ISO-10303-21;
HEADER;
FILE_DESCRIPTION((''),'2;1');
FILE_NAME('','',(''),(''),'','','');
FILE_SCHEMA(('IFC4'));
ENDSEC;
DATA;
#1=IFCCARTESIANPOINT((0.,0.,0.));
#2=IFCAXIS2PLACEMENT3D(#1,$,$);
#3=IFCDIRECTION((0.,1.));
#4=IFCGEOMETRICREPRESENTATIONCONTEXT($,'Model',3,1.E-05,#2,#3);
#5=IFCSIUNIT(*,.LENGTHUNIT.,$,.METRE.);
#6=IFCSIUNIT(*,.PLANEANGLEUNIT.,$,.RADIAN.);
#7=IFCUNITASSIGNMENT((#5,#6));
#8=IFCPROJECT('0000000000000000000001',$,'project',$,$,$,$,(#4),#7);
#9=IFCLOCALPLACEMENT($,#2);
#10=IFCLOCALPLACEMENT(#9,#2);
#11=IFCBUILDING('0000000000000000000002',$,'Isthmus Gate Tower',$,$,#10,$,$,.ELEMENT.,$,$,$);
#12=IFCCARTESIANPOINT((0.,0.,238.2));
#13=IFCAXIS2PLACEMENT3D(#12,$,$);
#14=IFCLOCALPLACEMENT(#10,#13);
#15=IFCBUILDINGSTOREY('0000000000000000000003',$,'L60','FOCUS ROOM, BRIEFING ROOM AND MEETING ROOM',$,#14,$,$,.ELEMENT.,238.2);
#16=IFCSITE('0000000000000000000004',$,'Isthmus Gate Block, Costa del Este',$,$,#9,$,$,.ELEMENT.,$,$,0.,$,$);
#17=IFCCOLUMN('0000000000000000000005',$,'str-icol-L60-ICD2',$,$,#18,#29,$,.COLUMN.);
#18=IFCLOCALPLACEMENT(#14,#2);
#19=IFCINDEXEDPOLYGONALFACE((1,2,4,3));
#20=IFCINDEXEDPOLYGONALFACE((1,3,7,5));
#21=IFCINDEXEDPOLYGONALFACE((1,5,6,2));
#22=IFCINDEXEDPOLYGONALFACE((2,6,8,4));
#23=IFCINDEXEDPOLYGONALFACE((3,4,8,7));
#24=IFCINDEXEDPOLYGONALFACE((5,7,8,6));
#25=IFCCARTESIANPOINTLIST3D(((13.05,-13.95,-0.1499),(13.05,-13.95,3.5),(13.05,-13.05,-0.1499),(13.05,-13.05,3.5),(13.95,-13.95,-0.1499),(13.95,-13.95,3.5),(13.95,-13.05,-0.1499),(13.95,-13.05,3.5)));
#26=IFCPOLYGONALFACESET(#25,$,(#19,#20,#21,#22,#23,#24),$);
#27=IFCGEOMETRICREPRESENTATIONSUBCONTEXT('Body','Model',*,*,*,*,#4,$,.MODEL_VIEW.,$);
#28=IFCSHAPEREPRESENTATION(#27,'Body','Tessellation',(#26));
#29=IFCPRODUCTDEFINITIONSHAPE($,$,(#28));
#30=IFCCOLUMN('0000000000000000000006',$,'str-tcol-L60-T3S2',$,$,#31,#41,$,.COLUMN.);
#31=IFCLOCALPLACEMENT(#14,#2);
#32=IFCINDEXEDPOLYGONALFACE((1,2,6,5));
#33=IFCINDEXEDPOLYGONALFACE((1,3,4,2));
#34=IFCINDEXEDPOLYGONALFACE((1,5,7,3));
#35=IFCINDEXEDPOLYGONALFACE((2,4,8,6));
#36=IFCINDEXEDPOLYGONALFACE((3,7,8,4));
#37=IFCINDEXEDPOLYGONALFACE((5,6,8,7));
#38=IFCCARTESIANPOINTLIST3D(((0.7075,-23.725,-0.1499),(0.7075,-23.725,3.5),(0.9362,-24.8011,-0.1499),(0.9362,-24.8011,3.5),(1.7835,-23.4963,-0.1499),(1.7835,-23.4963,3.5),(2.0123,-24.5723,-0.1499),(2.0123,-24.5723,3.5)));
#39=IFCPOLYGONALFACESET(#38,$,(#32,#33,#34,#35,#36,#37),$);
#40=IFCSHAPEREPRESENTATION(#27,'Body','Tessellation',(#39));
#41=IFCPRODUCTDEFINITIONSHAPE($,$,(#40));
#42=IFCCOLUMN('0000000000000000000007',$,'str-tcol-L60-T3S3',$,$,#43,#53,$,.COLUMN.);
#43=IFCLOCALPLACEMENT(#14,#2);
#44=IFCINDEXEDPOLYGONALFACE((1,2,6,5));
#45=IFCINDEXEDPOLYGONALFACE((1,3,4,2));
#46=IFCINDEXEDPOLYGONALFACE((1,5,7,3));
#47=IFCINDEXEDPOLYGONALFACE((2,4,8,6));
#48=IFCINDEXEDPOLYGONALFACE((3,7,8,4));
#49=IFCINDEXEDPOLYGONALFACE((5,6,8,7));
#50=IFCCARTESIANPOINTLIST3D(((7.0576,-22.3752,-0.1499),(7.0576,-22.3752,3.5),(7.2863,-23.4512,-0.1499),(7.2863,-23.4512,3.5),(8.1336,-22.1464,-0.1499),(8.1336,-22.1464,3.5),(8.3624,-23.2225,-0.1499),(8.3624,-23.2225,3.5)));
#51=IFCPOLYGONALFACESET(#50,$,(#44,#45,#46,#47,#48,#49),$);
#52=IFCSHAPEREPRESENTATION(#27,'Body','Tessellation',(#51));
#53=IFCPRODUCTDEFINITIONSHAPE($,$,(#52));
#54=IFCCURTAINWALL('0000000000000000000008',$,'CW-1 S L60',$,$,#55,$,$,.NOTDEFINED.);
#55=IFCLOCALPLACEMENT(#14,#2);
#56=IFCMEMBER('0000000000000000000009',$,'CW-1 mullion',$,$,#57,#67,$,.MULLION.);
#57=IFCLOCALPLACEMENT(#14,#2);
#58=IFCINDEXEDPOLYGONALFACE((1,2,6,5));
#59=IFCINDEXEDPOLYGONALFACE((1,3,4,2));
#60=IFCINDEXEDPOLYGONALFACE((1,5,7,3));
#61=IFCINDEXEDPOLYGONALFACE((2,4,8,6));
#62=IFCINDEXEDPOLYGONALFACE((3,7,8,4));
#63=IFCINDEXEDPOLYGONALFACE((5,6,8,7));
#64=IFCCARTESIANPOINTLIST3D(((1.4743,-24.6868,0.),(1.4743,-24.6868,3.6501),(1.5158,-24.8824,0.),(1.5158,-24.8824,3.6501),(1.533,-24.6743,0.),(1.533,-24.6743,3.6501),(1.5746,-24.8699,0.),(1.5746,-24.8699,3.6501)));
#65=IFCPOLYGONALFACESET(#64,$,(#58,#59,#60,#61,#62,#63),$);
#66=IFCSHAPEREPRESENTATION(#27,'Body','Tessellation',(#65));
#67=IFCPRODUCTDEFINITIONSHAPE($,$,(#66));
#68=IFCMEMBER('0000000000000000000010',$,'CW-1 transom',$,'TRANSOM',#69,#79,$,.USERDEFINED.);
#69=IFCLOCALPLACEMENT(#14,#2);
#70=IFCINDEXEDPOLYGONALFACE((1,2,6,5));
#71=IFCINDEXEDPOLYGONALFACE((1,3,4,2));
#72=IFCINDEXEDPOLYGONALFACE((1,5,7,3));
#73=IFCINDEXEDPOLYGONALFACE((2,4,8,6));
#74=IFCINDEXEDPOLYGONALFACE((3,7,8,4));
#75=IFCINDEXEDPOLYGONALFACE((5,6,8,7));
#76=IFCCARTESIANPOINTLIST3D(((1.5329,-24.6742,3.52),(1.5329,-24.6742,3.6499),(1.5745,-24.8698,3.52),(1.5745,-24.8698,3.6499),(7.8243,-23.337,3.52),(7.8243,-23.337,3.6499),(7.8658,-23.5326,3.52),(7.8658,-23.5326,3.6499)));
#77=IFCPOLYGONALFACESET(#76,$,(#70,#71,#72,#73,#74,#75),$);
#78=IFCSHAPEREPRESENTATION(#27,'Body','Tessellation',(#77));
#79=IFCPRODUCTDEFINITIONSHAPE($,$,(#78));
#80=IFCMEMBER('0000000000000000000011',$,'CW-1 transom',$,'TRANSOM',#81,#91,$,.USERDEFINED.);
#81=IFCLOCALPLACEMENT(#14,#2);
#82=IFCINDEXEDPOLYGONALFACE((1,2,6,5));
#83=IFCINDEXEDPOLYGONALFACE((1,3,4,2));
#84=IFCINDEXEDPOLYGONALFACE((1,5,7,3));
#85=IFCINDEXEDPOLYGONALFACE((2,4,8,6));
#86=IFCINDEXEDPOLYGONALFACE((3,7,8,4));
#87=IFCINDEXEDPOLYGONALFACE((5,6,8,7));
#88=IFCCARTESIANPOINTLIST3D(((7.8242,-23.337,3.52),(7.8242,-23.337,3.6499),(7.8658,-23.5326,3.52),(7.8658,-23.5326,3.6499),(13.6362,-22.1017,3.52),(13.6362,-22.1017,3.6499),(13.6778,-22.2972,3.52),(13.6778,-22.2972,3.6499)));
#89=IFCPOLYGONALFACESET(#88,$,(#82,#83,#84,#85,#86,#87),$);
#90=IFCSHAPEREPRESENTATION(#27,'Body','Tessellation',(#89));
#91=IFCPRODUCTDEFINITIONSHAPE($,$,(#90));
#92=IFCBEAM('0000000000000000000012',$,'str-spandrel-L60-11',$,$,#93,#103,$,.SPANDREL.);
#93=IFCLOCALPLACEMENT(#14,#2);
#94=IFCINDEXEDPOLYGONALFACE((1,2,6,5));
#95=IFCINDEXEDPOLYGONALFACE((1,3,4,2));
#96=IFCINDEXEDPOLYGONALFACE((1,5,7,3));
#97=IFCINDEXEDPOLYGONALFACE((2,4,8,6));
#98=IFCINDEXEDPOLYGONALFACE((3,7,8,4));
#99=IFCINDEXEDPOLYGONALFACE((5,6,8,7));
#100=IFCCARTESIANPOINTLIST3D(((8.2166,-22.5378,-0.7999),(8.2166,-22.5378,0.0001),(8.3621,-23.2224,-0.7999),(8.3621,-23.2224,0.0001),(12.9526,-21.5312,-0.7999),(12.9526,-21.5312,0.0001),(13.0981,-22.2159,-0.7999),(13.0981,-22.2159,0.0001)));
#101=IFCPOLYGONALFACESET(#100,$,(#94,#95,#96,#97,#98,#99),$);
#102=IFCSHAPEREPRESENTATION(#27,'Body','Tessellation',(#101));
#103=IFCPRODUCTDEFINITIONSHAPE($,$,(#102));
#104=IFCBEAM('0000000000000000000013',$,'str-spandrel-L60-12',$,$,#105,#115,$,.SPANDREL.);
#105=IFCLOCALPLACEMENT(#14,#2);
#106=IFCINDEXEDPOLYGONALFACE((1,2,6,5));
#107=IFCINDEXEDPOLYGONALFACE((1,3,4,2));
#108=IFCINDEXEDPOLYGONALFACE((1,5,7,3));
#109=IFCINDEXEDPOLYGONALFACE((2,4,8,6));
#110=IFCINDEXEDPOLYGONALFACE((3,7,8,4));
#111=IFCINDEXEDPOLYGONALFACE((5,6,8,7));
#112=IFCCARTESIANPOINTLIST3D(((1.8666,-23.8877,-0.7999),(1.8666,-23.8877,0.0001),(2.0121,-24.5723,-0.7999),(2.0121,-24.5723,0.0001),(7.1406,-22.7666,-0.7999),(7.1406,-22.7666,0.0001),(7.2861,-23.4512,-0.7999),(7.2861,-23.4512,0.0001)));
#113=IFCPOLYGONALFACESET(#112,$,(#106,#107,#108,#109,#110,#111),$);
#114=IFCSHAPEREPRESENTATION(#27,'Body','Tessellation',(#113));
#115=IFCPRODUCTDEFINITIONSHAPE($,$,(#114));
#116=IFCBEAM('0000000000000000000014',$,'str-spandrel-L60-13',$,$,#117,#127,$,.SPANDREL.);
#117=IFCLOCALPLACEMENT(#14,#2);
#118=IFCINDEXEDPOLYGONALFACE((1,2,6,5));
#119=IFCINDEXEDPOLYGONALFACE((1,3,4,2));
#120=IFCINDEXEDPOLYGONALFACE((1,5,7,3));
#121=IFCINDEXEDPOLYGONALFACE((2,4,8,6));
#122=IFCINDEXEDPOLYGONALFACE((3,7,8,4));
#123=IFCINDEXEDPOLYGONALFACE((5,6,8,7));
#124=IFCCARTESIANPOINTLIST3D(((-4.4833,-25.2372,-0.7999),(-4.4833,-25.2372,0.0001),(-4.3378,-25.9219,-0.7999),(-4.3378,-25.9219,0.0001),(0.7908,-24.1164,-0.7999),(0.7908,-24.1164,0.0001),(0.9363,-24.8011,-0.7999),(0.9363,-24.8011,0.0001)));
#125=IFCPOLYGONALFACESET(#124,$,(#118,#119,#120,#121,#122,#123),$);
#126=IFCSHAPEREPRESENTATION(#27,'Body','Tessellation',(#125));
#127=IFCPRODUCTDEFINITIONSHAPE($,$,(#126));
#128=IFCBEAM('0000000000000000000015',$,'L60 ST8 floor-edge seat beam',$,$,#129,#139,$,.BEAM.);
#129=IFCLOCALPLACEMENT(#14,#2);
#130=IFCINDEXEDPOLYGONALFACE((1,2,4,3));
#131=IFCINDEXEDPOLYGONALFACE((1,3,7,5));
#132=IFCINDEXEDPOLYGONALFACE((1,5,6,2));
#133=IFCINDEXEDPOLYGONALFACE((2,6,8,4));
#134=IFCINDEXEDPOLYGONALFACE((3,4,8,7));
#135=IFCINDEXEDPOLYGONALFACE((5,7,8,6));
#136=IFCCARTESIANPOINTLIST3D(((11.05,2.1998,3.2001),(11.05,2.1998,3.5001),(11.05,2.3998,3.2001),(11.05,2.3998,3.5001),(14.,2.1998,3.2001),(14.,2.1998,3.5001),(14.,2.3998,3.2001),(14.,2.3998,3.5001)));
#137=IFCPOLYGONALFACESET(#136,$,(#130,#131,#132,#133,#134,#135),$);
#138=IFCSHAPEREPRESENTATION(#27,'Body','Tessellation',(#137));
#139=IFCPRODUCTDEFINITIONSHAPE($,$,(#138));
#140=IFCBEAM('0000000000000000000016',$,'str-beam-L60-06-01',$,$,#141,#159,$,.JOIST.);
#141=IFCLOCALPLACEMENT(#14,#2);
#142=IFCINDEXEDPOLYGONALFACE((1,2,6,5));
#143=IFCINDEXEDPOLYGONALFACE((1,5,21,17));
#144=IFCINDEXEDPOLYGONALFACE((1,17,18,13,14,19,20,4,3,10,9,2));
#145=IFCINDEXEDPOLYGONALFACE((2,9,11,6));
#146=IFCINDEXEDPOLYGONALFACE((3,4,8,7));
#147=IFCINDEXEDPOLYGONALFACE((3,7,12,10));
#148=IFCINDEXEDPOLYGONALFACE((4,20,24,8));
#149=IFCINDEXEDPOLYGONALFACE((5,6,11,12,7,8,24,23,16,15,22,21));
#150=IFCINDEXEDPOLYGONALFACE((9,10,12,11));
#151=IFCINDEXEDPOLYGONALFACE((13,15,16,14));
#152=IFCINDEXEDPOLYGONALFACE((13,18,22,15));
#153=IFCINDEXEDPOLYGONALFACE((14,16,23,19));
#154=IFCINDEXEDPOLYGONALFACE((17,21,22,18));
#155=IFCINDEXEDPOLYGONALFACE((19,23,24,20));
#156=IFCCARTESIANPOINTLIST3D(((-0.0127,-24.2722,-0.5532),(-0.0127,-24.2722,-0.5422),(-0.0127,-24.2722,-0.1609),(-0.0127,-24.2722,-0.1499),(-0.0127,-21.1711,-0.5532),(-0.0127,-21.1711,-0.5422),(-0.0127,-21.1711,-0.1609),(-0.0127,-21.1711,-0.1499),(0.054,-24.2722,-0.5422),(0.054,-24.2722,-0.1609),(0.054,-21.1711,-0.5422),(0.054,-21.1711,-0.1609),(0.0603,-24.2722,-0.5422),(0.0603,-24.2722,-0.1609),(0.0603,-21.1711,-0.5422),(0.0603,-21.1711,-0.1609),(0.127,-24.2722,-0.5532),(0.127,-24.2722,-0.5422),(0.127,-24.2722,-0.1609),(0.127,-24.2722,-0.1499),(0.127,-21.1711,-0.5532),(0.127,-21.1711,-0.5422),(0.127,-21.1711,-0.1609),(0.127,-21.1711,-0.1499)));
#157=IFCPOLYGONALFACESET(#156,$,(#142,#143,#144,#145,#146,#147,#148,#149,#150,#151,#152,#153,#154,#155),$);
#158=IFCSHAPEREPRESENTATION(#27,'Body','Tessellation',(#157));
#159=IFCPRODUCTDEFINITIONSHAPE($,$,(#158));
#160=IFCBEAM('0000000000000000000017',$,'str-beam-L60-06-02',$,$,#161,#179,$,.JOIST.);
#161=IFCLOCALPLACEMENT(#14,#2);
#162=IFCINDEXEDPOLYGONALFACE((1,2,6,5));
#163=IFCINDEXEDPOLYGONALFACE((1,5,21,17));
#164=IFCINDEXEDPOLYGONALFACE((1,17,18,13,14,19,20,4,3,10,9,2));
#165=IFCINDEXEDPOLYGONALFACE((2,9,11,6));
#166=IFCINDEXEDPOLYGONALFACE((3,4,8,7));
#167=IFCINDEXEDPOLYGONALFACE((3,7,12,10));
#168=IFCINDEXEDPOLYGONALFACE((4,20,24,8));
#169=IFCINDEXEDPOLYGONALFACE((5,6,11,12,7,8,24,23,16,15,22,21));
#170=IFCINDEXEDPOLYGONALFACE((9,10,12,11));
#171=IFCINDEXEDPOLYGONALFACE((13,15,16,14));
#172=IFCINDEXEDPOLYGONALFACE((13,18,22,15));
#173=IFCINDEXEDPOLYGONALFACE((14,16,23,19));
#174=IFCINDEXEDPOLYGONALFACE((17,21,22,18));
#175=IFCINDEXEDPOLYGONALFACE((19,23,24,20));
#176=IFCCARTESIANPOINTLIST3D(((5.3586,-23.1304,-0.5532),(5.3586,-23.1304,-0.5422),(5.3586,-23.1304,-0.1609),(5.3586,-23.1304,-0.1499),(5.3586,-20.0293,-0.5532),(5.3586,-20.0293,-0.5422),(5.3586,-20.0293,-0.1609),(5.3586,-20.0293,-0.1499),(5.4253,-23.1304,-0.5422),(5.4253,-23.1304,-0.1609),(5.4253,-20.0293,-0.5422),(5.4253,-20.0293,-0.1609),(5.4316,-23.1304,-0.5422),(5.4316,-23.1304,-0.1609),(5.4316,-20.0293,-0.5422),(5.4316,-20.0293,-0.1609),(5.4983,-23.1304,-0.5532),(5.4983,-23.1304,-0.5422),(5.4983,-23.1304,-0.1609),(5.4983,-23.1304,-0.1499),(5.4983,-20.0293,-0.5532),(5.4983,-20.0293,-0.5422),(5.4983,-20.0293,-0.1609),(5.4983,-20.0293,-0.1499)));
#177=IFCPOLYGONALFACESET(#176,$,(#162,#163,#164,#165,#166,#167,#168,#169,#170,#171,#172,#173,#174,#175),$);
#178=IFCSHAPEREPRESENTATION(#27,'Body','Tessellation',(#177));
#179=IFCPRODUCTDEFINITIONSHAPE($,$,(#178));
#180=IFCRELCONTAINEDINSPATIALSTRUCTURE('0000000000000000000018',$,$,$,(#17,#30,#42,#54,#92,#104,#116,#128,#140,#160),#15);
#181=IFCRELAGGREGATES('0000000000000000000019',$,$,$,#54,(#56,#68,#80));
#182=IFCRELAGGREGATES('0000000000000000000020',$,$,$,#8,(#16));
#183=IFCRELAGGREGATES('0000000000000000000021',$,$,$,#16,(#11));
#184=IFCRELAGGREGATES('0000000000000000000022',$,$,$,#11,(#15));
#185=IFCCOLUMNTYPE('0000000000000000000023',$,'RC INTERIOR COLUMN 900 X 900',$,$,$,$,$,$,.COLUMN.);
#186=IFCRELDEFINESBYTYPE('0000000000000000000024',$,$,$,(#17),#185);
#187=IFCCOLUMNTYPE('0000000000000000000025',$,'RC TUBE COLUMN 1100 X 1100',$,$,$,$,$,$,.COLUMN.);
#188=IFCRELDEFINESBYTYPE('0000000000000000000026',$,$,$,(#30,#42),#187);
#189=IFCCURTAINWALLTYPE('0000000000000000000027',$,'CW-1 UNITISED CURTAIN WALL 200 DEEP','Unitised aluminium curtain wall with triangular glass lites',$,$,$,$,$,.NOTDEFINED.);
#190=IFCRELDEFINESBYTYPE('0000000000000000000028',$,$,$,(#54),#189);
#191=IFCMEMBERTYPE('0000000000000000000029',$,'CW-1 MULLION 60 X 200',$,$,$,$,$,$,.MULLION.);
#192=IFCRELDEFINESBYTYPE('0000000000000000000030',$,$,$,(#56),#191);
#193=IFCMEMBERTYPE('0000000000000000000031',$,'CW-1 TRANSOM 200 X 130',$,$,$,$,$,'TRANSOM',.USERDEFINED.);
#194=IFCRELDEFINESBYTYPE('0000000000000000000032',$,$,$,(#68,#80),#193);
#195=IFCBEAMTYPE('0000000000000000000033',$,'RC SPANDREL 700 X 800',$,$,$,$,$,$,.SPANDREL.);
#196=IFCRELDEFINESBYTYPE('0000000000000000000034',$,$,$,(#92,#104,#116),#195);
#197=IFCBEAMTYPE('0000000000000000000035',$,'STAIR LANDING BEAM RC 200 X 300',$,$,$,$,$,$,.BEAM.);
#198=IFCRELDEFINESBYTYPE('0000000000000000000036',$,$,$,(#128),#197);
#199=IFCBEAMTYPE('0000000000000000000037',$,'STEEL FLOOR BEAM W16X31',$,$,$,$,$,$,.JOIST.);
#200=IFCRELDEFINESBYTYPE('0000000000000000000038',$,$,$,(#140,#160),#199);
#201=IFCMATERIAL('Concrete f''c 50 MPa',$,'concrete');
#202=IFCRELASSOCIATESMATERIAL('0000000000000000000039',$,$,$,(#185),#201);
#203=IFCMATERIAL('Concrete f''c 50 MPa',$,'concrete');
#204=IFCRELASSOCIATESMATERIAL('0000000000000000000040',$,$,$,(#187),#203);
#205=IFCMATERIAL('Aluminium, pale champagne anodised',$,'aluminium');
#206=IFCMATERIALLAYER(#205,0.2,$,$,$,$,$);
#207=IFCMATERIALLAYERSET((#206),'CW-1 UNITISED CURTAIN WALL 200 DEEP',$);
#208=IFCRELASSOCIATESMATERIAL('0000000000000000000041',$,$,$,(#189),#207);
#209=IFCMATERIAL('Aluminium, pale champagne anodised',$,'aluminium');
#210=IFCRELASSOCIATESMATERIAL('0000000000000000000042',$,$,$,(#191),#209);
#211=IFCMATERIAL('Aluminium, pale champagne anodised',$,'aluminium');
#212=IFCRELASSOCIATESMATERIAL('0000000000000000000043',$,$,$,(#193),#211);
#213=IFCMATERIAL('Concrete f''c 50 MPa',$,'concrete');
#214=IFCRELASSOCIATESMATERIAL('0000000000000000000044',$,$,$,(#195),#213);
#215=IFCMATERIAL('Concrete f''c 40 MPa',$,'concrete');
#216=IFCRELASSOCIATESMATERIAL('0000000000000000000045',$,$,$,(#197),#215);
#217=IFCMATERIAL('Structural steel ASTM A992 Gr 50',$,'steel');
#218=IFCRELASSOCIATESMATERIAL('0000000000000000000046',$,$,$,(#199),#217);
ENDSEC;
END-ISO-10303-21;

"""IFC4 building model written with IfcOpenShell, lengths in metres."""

from ifc_helpers import new_model, si_unit, direction, frame, origin, origin_2d, place, context, subcontext, project, spatial, rectangle, i_section, extrude, material, layer, layer_set, material_profile, profile_set, type_object, element, aggregate, save


model = new_model("IFC4")

# Units and contexts
model_context = context("Model", 3, precision=1e-05, world=origin(), true_north=direction((0.0, 1.0)))
body_context = subcontext(model_context, "Body", "Model", "MODEL_VIEW")
ifc_project = project(units=[si_unit("LENGTHUNIT", "METRE"), si_unit("PLANEANGLEUNIT", "RADIAN")], contexts=[model_context])

# Site, building, storey
site_placement = place(None, origin())
site = spatial("IfcSite", under=ifc_project, at=site_placement, Name="Isthmus Gate Block, Costa del Este", CompositionType="ELEMENT", RefElevation=0.0)
building_placement = place(site_placement, origin())
building = spatial("IfcBuilding", under=site, at=building_placement, Name="Isthmus Gate Tower", CompositionType="ELEMENT")
storey_placement = place(building_placement, frame((0.0, 0.0, 238.2)))
storey = spatial("IfcBuildingStorey", under=building, at=storey_placement, Name="L60", Description="FOCUS ROOM, BRIEFING ROOM AND MEETING ROOM", CompositionType="ELEMENT", Elevation=238.2)

# Columns
ifc_material_1 = material(Name="Concrete f'c 50 MPa", Category="concrete")
ifc_material_profile_1 = material_profile(ifc_material_1, rectangle(XDim=0.8999, YDim=0.8999, at=origin_2d()), Name="RC 900X900")
ifc_profile_set_1 = profile_set([ifc_material_profile_1], Name="Concrete f'c 50 MPa")
column_type_1 = type_object("IfcColumnType", Name="RC INTERIOR COLUMN 900 X 900", PredefinedType="COLUMN", material=ifc_profile_set_1)
column_placement = place(storey_placement, frame((13.5, -13.5, -0.1499), z_axis=(0.0, 0.0, 1.0), x_axis=(1.0, 0.0, 0.0)))
element("IfcColumn", 1, at=column_placement, inside=storey, type_object=column_type_1, Name="str-icol-L60-ICD2", PredefinedType="COLUMN", context=body_context, shape_type="SweptSolid", body=[
    extrude(rectangle(XDim=0.8999, YDim=0.8999, at=origin_2d()), origin(), (0.0, 0.0, 1.0), 3.6499),
])
ifc_material_2 = material(Name="Concrete f'c 50 MPa", Category="concrete")
ifc_material_profile_2 = material_profile(ifc_material_2, rectangle(XDim=1.1001, YDim=1.1001, at=origin_2d()), Name="RC 1100X1100")
ifc_profile_set_2 = profile_set([ifc_material_profile_2], Name="Concrete f'c 50 MPa")
column_type_2 = type_object("IfcColumnType", Name="RC TUBE COLUMN 1100 X 1100", PredefinedType="COLUMN", material=ifc_profile_set_2)
for number, where, z_axis, x_axis, name in (
    (2, (1.3599, -24.1487, -0.1499), (0.0, 0.0, 1.0), (0.978148, 0.207912, 0.0), "str-tcol-L60-T3S2"),
    (3, (7.71, -22.7988, -0.1499), (0.0, 0.0, 1.0), (0.978148, 0.207912, 0.0), "str-tcol-L60-T3S3"),
):
    element("IfcColumn", number, at=place(storey_placement, frame(where, z_axis=z_axis, x_axis=x_axis)), inside=storey, type_object=column_type_2, Name=name, PredefinedType="COLUMN", context=body_context, shape_type="SweptSolid", body=[
        extrude(rectangle(XDim=1.1001, YDim=1.1001, at=origin_2d()), origin(), (0.0, 0.0, 1.0), 3.6499),
    ])

# Curtain wall, members
ifc_material_3 = material(Name="Aluminium, pale champagne anodised", Category="aluminium")
ifc_layer_1 = layer(ifc_material_3, 0.2)
ifc_layer_set_1 = layer_set([ifc_layer_1], Name="CW-1 UNITISED CURTAIN WALL 200 DEEP")
curtain_wall_type = type_object("IfcCurtainWallType", Name="CW-1 UNITISED CURTAIN WALL 200 DEEP", Description="Unitised aluminium curtain wall with triangular glass lites", PredefinedType="NOTDEFINED", material=ifc_layer_set_1)
curtain_wall_placement = place(storey_placement, origin())
curtain_wall = element("IfcCurtainWall", 4, at=curtain_wall_placement, inside=storey, type_object=curtain_wall_type, Name="CW-1 S L60", PredefinedType="NOTDEFINED")
ifc_material_4 = material(Name="Aluminium, pale champagne anodised", Category="aluminium")
ifc_material_profile_3 = material_profile(ifc_material_4, rectangle(XDim=0.0601, YDim=0.2, at=origin_2d()), Name="60x200")
ifc_profile_set_3 = profile_set([ifc_material_profile_3], Name="Aluminium, pale champagne anodised")
member_type_1 = type_object("IfcMemberType", Name="CW-1 MULLION 60 X 200", PredefinedType="MULLION", material=ifc_profile_set_3)
member_1_placement = place(storey_placement, frame((1.5244, -24.7783, 0.0), z_axis=(0.0, 0.0, 1.0), x_axis=(0.978148, 0.207912, 0.0)))
member_1 = element("IfcMember", 5, at=member_1_placement, type_object=member_type_1, Name="CW-1 mullion", PredefinedType="MULLION", context=body_context, shape_type="SweptSolid", body=[
    extrude(rectangle(XDim=0.0601, YDim=0.2, at=origin_2d()), origin(), (0.0, 0.0, 1.0), 3.6501),
])
ifc_material_5 = material(Name="Aluminium, pale champagne anodised", Category="aluminium")
ifc_material_profile_4 = material_profile(ifc_material_5, rectangle(XDim=0.2, YDim=0.1299, at=origin_2d()), Name="200x130")
ifc_profile_set_4 = profile_set([ifc_material_profile_4], Name="Aluminium, pale champagne anodised")
member_type_2 = type_object("IfcMemberType", Name="CW-1 TRANSOM 200 X 130", ElementType="TRANSOM", PredefinedType="USERDEFINED", material=ifc_profile_set_4)
member_2_placement = place(storey_placement, frame((1.5537, -24.772, 3.585), z_axis=(0.97815, 0.207898, 0.0), x_axis=(-0.207898, 0.97815, 0.0)))
member_2 = element("IfcMember", 6, at=member_2_placement, type_object=member_type_2, Name="CW-1 transom", ObjectType="TRANSOM", PredefinedType="USERDEFINED", context=body_context, shape_type="SweptSolid", body=[
    extrude(rectangle(XDim=0.2, YDim=0.1299, at=origin_2d()), origin(), (0.0, 0.0, 1.0), 6.4319),
])
member_3_placement = place(storey_placement, frame((7.845, -23.4348, 3.585), z_axis=(0.978149, 0.207907, 0.0), x_axis=(-0.207907, 0.978149, 0.0)))
member_3 = element("IfcMember", 7, at=member_3_placement, type_object=member_type_2, Name="CW-1 transom", ObjectType="TRANSOM", PredefinedType="USERDEFINED", context=body_context, shape_type="SweptSolid", body=[
    extrude(rectangle(XDim=0.2, YDim=0.1299, at=origin_2d()), origin(), (0.0, 0.0, 1.0), 5.9419),
])

# Beams
ifc_material_6 = material(Name="Concrete f'c 50 MPa", Category="concrete")
ifc_material_profile_5 = material_profile(ifc_material_6, rectangle(XDim=0.7, YDim=0.8, at=origin_2d()), Name="RC 700X800")
ifc_profile_set_5 = profile_set([ifc_material_profile_5], Name="Concrete f'c 50 MPa")
beam_type_1 = type_object("IfcBeamType", Name="RC SPANDREL 700 X 800", PredefinedType="SPANDREL", material=ifc_profile_set_5)
beam_1_placement = place(storey_placement, frame((13.0254, -21.8735, -0.3999), z_axis=(-0.978152, -0.207893, 0.0), x_axis=(0.207893, -0.978152, 0.0)))
element("IfcBeam", 8, at=beam_1_placement, inside=storey, type_object=beam_type_1, Name="str-spandrel-L60-11", PredefinedType="SPANDREL", context=body_context, shape_type="SweptSolid", body=[
    extrude(rectangle(XDim=0.7, YDim=0.8, at=origin_2d()), origin(), (0.0, 0.0, 1.0), 4.8418),
])
for number, where, z_axis, x_axis, name in (
    (9, (7.2134, -23.1089, -0.3999), (-0.978144, -0.207927, 0.0), (0.207927, -0.978144, 0.0), "str-spandrel-L60-12"),
    (10, (0.8635, -24.4587, -0.3999), (-0.978156, -0.207874, 0.0), (0.207874, -0.978156, 0.0), "str-spandrel-L60-13"),
):
    element("IfcBeam", number, at=place(storey_placement, frame(where, z_axis=z_axis, x_axis=x_axis)), inside=storey, type_object=beam_type_1, Name=name, PredefinedType="SPANDREL", context=body_context, shape_type="SweptSolid", body=[
        extrude(rectangle(XDim=0.7, YDim=0.8, at=origin_2d()), origin(), (0.0, 0.0, 1.0), 5.3918),
    ])
ifc_material_7 = material(Name="Concrete f'c 40 MPa", Category="concrete")
ifc_material_profile_6 = material_profile(ifc_material_7, rectangle(XDim=0.2, YDim=0.3, at=origin_2d()), Name="STAIR LANDING BEAM RC 200 X 300")
ifc_profile_set_6 = profile_set([ifc_material_profile_6], Name="Concrete f'c 40 MPa")
beam_type_2 = type_object("IfcBeamType", Name="STAIR LANDING BEAM RC 200 X 300", PredefinedType="BEAM", material=ifc_profile_set_6)
beam_2_placement = place(storey_placement, frame((11.05, 2.2998, 3.3501), z_axis=(1.0, 0.0, 0.0), x_axis=(0.0, 1.0, 0.0)))
element("IfcBeam", 11, at=beam_2_placement, inside=storey, type_object=beam_type_2, Name="L60 ST8 floor-edge seat beam", PredefinedType="BEAM", context=body_context, shape_type="SweptSolid", body=[
    extrude(rectangle(XDim=0.2, YDim=0.3, at=origin_2d()), origin(), (0.0, 0.0, 1.0), 2.95),
])
ifc_material_8 = material(Name="Structural steel ASTM A992 Gr 50", Category="steel")
ifc_material_profile_7 = material_profile(ifc_material_8, i_section(OverallWidth=0.1396, OverallDepth=0.4033, WebThickness=0.0063, FlangeThickness=0.011, at=origin_2d()), Name="W16X31")
ifc_profile_set_7 = profile_set([ifc_material_profile_7], Name="Structural steel ASTM A992 Gr 50")
beam_type_3 = type_object("IfcBeamType", Name="STEEL FLOOR BEAM W16X31", PredefinedType="JOIST", material=ifc_profile_set_7)
for number, where, z_axis, x_axis, name in (
    (12, (0.0571, -24.2722, -0.3516), (0.0, 1.0, 0.0), (-1.0, 0.0, 0.0), "str-beam-L60-06-01"),
    (13, (5.4285, -23.1304, -0.3516), (0.0, 1.0, 0.0), (-1.0, 0.0, 0.0), "str-beam-L60-06-02"),
):
    element("IfcBeam", number, at=place(storey_placement, frame(where, z_axis=z_axis, x_axis=x_axis)), inside=storey, type_object=beam_type_3, Name=name, PredefinedType="JOIST", context=body_context, shape_type="SweptSolid", body=[
        extrude(i_section(OverallWidth=0.1396, OverallDepth=0.4033, WebThickness=0.0063, FlangeThickness=0.011, at=origin_2d()), origin(), (0.0, 0.0, 1.0), 3.1011),
    ])

aggregate(curtain_wall, [member_1, member_2, member_3])

save(model, "model.ifc")
